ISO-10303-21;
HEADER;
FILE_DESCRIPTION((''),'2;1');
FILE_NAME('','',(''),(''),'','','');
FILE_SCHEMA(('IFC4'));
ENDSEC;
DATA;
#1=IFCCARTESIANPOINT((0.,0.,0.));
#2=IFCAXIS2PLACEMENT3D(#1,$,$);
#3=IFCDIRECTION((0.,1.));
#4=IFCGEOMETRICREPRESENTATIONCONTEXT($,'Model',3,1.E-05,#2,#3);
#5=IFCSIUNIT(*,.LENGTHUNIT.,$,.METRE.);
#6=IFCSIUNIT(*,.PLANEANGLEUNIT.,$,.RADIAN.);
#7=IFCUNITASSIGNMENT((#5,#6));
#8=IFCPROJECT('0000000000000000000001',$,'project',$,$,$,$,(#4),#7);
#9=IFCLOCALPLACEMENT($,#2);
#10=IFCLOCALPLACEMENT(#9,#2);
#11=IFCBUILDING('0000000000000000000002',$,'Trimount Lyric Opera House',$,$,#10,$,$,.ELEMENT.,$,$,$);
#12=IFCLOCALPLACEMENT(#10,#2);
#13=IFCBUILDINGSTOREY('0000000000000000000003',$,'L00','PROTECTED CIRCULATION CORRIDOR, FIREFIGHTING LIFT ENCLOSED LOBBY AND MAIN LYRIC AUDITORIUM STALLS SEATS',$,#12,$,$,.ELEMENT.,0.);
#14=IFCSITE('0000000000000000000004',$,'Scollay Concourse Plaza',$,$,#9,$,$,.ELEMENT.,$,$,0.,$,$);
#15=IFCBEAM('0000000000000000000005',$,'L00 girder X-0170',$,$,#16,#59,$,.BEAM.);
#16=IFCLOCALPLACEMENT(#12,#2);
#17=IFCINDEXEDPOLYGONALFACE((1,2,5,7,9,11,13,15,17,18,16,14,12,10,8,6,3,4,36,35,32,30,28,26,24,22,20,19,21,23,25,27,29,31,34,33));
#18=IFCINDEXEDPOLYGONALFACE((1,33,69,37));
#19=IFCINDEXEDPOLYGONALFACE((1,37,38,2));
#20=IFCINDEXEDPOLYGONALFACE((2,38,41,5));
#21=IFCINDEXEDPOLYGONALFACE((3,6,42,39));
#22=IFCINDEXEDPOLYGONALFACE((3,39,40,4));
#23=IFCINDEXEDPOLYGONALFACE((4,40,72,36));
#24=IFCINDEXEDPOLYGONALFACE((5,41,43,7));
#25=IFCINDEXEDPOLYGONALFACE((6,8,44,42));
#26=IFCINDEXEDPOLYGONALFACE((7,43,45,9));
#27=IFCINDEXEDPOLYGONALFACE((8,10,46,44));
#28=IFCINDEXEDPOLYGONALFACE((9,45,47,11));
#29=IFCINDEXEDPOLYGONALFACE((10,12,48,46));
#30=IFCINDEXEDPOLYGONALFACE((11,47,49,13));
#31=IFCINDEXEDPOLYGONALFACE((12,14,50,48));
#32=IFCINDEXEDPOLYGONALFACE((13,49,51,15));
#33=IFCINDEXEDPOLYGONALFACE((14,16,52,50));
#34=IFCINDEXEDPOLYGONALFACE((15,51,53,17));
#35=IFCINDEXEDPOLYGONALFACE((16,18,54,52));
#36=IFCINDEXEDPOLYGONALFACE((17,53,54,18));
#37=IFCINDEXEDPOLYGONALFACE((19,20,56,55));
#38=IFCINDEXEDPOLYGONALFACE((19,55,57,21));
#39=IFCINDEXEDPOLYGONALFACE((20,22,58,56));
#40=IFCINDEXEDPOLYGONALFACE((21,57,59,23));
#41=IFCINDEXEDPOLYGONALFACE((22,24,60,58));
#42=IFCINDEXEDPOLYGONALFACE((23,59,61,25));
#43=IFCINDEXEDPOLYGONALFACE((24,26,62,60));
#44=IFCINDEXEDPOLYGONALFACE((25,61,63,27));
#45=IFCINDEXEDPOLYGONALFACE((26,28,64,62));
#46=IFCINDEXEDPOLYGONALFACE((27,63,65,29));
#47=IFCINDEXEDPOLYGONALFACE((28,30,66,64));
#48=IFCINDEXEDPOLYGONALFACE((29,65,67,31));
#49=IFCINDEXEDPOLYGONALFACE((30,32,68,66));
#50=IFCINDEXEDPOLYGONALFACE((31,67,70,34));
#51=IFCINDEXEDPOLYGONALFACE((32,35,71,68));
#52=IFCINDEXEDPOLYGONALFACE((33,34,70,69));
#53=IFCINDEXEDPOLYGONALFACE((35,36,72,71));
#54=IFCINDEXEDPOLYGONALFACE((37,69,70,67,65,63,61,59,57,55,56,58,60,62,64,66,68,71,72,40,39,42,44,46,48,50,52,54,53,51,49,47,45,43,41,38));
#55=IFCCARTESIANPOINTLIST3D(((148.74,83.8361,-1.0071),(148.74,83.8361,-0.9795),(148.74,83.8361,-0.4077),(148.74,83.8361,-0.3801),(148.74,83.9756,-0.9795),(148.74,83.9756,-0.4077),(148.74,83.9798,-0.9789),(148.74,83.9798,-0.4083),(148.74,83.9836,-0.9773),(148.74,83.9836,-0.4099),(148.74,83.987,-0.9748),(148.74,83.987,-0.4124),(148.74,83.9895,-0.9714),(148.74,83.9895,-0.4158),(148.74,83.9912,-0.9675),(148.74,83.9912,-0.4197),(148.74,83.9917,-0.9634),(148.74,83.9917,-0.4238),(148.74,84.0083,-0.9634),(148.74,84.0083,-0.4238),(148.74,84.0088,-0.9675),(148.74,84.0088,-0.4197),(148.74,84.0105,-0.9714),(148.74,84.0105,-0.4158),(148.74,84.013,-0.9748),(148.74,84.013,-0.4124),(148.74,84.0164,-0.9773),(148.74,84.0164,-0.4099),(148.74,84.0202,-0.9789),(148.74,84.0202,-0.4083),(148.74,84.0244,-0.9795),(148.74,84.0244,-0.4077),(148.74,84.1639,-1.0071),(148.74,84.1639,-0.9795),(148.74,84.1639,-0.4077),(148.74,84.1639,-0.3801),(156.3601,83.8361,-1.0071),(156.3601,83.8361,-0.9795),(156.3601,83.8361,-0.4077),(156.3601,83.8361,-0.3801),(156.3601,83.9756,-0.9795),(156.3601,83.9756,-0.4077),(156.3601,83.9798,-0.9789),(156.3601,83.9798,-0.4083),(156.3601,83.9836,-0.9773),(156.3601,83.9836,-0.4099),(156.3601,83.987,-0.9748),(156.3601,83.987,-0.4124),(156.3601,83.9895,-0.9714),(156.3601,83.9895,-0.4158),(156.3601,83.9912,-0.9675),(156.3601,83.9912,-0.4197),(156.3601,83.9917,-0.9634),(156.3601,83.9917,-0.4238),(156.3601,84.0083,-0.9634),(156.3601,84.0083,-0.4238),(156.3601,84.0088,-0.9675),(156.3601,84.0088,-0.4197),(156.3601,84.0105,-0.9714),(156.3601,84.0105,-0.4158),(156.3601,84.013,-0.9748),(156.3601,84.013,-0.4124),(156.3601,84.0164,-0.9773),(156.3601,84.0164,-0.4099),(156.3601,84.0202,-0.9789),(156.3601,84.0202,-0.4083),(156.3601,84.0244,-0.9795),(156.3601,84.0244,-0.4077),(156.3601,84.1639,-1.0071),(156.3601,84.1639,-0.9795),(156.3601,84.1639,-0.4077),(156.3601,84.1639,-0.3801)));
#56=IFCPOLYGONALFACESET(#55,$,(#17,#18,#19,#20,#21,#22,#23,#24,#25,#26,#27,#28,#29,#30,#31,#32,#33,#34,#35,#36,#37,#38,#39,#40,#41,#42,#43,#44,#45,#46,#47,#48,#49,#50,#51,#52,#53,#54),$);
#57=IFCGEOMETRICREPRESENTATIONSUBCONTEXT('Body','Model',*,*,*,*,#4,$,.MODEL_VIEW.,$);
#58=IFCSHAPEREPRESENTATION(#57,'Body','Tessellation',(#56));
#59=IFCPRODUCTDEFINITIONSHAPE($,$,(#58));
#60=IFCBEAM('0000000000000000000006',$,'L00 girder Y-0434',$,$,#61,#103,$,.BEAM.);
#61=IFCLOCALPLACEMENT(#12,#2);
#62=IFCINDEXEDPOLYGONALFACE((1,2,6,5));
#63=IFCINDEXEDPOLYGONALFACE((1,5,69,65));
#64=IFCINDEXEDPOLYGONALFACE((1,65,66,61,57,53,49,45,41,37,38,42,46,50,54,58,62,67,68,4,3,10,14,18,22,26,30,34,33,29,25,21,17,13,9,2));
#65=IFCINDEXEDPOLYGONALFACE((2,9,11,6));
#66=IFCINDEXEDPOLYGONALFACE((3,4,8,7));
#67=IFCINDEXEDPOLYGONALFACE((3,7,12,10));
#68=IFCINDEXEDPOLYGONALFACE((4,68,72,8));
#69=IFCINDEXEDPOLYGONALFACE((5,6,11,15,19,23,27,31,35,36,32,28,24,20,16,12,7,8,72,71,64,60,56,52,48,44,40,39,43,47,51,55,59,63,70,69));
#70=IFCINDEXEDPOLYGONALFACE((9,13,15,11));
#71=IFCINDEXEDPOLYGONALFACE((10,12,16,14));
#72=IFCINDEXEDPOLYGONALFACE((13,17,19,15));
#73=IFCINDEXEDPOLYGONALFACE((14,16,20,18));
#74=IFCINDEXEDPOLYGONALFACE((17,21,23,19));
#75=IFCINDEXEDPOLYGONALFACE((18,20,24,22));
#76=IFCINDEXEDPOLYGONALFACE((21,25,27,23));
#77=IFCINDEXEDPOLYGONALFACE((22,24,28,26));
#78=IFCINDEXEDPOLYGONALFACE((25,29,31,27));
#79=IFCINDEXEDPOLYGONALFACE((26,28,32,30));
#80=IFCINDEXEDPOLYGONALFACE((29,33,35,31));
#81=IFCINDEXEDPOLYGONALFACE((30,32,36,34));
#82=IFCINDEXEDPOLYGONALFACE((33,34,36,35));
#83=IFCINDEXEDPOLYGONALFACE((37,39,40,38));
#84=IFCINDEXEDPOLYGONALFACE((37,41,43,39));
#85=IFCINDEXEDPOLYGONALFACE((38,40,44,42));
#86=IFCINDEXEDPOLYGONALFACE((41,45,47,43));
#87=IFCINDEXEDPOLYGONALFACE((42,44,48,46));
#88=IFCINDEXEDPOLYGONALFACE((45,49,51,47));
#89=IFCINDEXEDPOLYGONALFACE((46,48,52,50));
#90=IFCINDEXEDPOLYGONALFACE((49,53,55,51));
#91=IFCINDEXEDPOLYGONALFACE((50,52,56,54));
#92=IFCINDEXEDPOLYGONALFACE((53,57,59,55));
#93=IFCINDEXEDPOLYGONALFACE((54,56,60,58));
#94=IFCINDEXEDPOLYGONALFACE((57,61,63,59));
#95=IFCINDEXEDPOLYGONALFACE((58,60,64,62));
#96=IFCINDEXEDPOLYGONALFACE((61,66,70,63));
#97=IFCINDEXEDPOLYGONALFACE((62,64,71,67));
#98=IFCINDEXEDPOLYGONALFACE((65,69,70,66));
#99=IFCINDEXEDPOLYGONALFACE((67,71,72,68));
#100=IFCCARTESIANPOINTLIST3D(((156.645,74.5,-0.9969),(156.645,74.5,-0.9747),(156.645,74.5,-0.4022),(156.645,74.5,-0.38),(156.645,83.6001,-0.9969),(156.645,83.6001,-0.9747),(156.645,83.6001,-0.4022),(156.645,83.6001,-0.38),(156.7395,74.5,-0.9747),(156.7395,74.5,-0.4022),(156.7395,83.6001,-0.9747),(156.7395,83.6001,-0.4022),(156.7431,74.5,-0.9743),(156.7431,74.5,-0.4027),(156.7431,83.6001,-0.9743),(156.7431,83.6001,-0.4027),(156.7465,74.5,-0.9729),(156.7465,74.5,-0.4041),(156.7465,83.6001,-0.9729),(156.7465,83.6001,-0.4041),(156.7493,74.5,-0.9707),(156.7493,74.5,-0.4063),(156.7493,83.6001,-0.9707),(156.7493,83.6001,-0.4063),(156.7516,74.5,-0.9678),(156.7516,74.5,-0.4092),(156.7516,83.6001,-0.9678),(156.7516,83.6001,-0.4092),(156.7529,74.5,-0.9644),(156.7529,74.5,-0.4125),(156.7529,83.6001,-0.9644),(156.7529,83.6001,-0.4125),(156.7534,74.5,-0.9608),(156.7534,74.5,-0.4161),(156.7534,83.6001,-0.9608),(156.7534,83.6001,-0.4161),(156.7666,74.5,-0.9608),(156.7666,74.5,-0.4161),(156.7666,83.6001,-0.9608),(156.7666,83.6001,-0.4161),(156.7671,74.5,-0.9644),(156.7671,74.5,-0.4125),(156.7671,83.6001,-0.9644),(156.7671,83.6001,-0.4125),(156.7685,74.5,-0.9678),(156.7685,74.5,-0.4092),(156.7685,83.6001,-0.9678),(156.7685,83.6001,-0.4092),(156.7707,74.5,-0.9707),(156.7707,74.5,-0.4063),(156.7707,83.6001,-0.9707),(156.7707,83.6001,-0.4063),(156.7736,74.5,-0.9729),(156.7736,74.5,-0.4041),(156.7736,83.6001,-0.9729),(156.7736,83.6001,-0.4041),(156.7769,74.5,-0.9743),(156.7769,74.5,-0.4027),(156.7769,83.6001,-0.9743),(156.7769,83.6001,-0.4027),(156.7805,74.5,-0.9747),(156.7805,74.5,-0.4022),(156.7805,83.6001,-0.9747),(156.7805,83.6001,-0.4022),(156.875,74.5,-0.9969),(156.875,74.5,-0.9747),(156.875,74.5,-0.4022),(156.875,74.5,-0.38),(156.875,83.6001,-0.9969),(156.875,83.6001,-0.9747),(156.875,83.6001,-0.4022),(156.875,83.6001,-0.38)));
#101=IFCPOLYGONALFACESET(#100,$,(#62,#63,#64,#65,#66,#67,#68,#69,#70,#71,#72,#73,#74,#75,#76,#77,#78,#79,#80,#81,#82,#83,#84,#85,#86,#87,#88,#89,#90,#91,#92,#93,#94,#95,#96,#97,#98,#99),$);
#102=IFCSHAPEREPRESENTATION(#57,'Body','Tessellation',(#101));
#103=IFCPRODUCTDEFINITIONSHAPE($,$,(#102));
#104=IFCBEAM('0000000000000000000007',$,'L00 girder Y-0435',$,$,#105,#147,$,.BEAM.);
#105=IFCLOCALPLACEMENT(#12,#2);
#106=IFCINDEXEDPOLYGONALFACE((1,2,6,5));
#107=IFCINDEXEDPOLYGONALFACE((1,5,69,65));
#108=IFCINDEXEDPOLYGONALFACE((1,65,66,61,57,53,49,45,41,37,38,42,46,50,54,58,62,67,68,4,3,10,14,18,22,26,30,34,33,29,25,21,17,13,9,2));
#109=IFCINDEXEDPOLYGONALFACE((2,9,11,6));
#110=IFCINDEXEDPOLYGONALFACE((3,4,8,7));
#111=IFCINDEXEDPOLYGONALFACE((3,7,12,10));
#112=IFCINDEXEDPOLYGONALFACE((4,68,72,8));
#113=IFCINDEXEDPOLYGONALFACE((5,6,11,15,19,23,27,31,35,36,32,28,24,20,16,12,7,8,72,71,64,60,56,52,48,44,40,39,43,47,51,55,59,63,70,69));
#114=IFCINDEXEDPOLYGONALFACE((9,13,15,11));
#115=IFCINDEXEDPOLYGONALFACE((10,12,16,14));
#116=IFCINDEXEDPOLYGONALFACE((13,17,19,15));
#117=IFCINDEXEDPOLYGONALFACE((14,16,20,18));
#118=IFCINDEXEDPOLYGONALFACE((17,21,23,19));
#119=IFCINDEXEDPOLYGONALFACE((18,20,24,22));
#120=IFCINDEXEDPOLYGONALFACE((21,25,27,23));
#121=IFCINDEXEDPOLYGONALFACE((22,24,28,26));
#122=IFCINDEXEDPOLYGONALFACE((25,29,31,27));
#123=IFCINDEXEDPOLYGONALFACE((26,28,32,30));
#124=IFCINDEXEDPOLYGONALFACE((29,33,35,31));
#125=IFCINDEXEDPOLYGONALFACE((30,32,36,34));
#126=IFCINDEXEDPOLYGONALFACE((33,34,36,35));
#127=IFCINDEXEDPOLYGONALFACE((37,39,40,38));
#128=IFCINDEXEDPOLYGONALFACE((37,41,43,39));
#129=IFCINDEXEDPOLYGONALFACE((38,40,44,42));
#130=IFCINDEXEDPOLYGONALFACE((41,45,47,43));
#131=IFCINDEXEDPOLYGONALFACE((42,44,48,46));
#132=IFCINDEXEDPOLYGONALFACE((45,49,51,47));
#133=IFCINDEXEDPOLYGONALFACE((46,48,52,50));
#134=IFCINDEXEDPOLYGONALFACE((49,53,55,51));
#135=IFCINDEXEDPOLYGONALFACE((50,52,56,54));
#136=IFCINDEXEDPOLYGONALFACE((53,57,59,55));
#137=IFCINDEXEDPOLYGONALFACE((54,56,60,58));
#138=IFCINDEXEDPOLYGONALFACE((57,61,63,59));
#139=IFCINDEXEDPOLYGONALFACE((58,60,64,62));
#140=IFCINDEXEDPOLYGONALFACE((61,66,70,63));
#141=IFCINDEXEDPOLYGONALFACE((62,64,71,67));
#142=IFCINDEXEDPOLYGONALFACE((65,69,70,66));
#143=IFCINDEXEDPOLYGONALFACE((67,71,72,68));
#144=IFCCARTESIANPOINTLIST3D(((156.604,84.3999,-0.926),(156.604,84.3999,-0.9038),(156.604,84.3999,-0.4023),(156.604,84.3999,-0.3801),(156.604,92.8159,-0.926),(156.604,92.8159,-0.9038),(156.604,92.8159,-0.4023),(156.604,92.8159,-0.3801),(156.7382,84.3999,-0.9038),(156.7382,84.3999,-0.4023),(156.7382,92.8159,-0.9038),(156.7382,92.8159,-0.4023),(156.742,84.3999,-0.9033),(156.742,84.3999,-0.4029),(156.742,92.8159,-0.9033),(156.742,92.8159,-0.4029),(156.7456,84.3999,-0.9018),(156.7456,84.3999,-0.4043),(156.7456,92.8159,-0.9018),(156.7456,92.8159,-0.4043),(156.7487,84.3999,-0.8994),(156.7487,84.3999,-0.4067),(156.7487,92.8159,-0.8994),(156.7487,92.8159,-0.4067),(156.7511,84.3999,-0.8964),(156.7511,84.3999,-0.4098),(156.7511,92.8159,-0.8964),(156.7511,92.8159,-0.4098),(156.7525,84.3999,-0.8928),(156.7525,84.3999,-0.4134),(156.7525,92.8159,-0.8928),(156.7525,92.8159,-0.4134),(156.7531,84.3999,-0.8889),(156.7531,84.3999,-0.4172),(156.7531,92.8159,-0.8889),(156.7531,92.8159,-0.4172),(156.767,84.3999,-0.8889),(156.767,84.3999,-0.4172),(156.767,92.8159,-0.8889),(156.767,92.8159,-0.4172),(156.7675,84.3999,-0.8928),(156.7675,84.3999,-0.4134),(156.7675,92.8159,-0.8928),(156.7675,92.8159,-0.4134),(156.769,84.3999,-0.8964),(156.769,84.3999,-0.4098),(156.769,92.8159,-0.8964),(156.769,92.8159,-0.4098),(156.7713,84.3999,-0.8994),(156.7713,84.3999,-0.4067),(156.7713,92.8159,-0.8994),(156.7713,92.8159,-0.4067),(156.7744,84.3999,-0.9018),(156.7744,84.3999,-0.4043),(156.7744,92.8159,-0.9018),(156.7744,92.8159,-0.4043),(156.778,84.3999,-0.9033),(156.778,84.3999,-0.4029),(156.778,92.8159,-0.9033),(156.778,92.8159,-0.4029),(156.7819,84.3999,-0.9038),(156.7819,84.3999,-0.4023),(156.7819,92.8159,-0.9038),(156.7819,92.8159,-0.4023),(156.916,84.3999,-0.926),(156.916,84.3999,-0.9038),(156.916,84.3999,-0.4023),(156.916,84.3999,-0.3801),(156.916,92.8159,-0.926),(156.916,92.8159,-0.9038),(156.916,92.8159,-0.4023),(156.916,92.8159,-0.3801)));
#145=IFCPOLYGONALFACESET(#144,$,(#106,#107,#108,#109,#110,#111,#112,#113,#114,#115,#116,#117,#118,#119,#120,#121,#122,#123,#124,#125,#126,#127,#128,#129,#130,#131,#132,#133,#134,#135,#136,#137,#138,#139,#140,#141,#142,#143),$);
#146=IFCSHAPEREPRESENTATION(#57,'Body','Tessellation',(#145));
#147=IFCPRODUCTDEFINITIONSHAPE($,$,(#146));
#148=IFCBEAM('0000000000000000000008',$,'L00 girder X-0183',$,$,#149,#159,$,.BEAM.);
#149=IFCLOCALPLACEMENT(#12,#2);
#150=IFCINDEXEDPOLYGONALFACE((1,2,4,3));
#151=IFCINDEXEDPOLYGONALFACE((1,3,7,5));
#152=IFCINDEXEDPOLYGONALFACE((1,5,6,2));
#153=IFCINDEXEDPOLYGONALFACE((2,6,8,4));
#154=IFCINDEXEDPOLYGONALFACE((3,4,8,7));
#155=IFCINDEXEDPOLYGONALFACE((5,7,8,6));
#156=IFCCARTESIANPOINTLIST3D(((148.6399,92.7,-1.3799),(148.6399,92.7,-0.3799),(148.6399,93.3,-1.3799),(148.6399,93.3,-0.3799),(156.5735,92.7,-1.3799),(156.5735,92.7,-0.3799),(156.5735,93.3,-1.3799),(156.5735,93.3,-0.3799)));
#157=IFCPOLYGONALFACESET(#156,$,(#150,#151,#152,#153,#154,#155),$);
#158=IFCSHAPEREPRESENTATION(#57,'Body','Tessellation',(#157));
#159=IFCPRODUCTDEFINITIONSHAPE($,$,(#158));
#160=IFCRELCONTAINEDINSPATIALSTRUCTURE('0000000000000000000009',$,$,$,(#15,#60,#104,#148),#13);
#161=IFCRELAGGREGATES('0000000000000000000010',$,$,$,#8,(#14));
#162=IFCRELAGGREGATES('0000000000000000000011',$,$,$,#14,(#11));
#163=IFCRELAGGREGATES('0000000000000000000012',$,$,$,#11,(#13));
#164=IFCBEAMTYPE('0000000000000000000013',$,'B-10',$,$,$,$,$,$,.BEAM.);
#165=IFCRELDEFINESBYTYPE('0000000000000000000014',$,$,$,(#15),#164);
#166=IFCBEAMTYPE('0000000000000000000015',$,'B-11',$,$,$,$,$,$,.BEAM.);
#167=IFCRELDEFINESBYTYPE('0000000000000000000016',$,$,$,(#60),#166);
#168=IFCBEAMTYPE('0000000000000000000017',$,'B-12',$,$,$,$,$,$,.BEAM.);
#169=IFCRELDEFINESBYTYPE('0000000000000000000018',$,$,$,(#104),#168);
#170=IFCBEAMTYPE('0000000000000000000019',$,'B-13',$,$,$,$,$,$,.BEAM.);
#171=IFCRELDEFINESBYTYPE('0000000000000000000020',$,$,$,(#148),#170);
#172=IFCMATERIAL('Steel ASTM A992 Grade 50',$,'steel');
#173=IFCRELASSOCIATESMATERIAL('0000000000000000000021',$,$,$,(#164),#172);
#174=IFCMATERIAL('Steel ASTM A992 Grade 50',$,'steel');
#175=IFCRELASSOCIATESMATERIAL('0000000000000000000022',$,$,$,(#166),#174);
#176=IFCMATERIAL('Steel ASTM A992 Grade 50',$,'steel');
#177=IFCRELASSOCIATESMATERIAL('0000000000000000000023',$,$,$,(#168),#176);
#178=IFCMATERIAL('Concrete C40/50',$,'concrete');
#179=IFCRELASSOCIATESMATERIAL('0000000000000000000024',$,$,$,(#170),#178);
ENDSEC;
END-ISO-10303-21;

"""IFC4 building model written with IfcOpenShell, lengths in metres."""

from ifc_helpers import new_model, si_unit, direction, frame, origin, origin_2d, place, context, subcontext, project, spatial, rectangle, i_section, extrude, material, material_profile, profile_set, type_object, element, save


model = new_model("IFC4")

# Units and contexts
model_context = context("Model", 3, precision=1e-05, world=origin(), true_north=direction((0.0, 1.0)))
body_context = subcontext(model_context, "Body", "Model", "MODEL_VIEW")
ifc_project = project(units=[si_unit("LENGTHUNIT", "METRE"), si_unit("PLANEANGLEUNIT", "RADIAN")], contexts=[model_context])

# Site, building, storey
site_placement = place(None, origin())
site = spatial("IfcSite", under=ifc_project, at=site_placement, Name="Scollay Concourse Plaza", CompositionType="ELEMENT", RefElevation=0.0)
building_placement = place(site_placement, origin())
building = spatial("IfcBuilding", under=site, at=building_placement, Name="Trimount Lyric Opera House", CompositionType="ELEMENT")
storey_placement = place(building_placement, origin())
storey = spatial("IfcBuildingStorey", under=building, at=storey_placement, Name="L00", Description="PROTECTED CIRCULATION CORRIDOR, FIREFIGHTING LIFT ENCLOSED LOBBY AND MAIN LYRIC AUDITORIUM STALLS SEATS", CompositionType="ELEMENT", Elevation=0.0)

# Beams
ifc_material_1 = material(Name="Steel ASTM A992 Grade 50", Category="steel")
ifc_material_profile_1 = material_profile(ifc_material_1, i_section(OverallWidth=0.3279, OverallDepth=0.627, WebThickness=0.0166, FlangeThickness=0.0276, FilletRadius=0.0161, at=origin_2d()), Name="W24X146")
ifc_profile_set_1 = profile_set([ifc_material_profile_1], Name="Steel ASTM A992 Grade 50")
beam_type_1 = type_object("IfcBeamType", Name="B-10", PredefinedType="BEAM", material=ifc_profile_set_1)
beam_1_placement = place(storey_placement, frame((148.74, 84.0, -0.6936), z_axis=(1.0, 0.0, 0.0), x_axis=(0.0, 1.0, 0.0)))
element("IfcBeam", 1, at=beam_1_placement, inside=storey, type_object=beam_type_1, Name="L00 girder X-0170", PredefinedType="BEAM", context=body_context, shape_type="SweptSolid", body=[
    extrude(i_section(OverallWidth=0.3279, OverallDepth=0.627, WebThickness=0.0166, FlangeThickness=0.0276, FilletRadius=0.0161, at=origin_2d()), origin(), (0.0, 0.0, 1.0), 7.6201),
])
ifc_material_2 = material(Name="Steel ASTM A992 Grade 50", Category="steel")
ifc_material_profile_2 = material_profile(ifc_material_2, i_section(OverallWidth=0.23, OverallDepth=0.6169, WebThickness=0.0132, FlangeThickness=0.0222, FilletRadius=0.0139, at=origin_2d()), Name="W24X94")
ifc_profile_set_2 = profile_set([ifc_material_profile_2], Name="Steel ASTM A992 Grade 50")
beam_type_2 = type_object("IfcBeamType", Name="B-11", PredefinedType="BEAM", material=ifc_profile_set_2)
beam_2_placement = place(storey_placement, frame((156.76, 74.5, -0.6885), z_axis=(0.0, 1.0, 0.0), x_axis=(-1.0, 0.0, 0.0)))
element("IfcBeam", 2, at=beam_2_placement, inside=storey, type_object=beam_type_2, Name="L00 girder Y-0434", PredefinedType="BEAM", context=body_context, shape_type="SweptSolid", body=[
    extrude(i_section(OverallWidth=0.23, OverallDepth=0.6169, WebThickness=0.0132, FlangeThickness=0.0222, FilletRadius=0.0139, at=origin_2d()), origin(), (0.0, 0.0, 1.0), 9.1001),
])
ifc_material_3 = material(Name="Steel ASTM A992 Grade 50", Category="steel")
ifc_material_profile_3 = material_profile(ifc_material_3, i_section(OverallWidth=0.312, OverallDepth=0.5459, WebThickness=0.0139, FlangeThickness=0.0222, FilletRadius=0.0149, at=origin_2d()), Name="W21X111")
ifc_profile_set_3 = profile_set([ifc_material_profile_3], Name="Steel ASTM A992 Grade 50")
beam_type_3 = type_object("IfcBeamType", Name="B-12", PredefinedType="BEAM", material=ifc_profile_set_3)
beam_3_placement = place(storey_placement, frame((156.76, 84.3999, -0.6531), z_axis=(0.0, 1.0, 0.0), x_axis=(-1.0, 0.0, 0.0)))
element("IfcBeam", 3, at=beam_3_placement, inside=storey, type_object=beam_type_3, Name="L00 girder Y-0435", PredefinedType="BEAM", context=body_context, shape_type="SweptSolid", body=[
    extrude(i_section(OverallWidth=0.312, OverallDepth=0.5459, WebThickness=0.0139, FlangeThickness=0.0222, FilletRadius=0.0149, at=origin_2d()), origin(), (0.0, 0.0, 1.0), 8.416),
])
ifc_material_4 = material(Name="Concrete C40/50", Category="concrete")
ifc_material_profile_4 = material_profile(ifc_material_4, rectangle(XDim=0.6001, YDim=1.0, at=origin_2d()), Name="RC600X1000")
ifc_profile_set_4 = profile_set([ifc_material_profile_4], Name="Concrete C40/50")
beam_type_4 = type_object("IfcBeamType", Name="B-13", PredefinedType="BEAM", material=ifc_profile_set_4)
beam_4_placement = place(storey_placement, frame((148.6399, 93.0, -0.8799), z_axis=(1.0, 0.0, 0.0), x_axis=(0.0, 1.0, 0.0)))
element("IfcBeam", 4, at=beam_4_placement, inside=storey, type_object=beam_type_4, Name="L00 girder X-0183", PredefinedType="BEAM", context=body_context, shape_type="SweptSolid", body=[
    extrude(rectangle(XDim=0.6001, YDim=1.0, at=origin_2d()), origin(), (0.0, 0.0, 1.0), 7.9336),
])

save(model, "model.ifc")
